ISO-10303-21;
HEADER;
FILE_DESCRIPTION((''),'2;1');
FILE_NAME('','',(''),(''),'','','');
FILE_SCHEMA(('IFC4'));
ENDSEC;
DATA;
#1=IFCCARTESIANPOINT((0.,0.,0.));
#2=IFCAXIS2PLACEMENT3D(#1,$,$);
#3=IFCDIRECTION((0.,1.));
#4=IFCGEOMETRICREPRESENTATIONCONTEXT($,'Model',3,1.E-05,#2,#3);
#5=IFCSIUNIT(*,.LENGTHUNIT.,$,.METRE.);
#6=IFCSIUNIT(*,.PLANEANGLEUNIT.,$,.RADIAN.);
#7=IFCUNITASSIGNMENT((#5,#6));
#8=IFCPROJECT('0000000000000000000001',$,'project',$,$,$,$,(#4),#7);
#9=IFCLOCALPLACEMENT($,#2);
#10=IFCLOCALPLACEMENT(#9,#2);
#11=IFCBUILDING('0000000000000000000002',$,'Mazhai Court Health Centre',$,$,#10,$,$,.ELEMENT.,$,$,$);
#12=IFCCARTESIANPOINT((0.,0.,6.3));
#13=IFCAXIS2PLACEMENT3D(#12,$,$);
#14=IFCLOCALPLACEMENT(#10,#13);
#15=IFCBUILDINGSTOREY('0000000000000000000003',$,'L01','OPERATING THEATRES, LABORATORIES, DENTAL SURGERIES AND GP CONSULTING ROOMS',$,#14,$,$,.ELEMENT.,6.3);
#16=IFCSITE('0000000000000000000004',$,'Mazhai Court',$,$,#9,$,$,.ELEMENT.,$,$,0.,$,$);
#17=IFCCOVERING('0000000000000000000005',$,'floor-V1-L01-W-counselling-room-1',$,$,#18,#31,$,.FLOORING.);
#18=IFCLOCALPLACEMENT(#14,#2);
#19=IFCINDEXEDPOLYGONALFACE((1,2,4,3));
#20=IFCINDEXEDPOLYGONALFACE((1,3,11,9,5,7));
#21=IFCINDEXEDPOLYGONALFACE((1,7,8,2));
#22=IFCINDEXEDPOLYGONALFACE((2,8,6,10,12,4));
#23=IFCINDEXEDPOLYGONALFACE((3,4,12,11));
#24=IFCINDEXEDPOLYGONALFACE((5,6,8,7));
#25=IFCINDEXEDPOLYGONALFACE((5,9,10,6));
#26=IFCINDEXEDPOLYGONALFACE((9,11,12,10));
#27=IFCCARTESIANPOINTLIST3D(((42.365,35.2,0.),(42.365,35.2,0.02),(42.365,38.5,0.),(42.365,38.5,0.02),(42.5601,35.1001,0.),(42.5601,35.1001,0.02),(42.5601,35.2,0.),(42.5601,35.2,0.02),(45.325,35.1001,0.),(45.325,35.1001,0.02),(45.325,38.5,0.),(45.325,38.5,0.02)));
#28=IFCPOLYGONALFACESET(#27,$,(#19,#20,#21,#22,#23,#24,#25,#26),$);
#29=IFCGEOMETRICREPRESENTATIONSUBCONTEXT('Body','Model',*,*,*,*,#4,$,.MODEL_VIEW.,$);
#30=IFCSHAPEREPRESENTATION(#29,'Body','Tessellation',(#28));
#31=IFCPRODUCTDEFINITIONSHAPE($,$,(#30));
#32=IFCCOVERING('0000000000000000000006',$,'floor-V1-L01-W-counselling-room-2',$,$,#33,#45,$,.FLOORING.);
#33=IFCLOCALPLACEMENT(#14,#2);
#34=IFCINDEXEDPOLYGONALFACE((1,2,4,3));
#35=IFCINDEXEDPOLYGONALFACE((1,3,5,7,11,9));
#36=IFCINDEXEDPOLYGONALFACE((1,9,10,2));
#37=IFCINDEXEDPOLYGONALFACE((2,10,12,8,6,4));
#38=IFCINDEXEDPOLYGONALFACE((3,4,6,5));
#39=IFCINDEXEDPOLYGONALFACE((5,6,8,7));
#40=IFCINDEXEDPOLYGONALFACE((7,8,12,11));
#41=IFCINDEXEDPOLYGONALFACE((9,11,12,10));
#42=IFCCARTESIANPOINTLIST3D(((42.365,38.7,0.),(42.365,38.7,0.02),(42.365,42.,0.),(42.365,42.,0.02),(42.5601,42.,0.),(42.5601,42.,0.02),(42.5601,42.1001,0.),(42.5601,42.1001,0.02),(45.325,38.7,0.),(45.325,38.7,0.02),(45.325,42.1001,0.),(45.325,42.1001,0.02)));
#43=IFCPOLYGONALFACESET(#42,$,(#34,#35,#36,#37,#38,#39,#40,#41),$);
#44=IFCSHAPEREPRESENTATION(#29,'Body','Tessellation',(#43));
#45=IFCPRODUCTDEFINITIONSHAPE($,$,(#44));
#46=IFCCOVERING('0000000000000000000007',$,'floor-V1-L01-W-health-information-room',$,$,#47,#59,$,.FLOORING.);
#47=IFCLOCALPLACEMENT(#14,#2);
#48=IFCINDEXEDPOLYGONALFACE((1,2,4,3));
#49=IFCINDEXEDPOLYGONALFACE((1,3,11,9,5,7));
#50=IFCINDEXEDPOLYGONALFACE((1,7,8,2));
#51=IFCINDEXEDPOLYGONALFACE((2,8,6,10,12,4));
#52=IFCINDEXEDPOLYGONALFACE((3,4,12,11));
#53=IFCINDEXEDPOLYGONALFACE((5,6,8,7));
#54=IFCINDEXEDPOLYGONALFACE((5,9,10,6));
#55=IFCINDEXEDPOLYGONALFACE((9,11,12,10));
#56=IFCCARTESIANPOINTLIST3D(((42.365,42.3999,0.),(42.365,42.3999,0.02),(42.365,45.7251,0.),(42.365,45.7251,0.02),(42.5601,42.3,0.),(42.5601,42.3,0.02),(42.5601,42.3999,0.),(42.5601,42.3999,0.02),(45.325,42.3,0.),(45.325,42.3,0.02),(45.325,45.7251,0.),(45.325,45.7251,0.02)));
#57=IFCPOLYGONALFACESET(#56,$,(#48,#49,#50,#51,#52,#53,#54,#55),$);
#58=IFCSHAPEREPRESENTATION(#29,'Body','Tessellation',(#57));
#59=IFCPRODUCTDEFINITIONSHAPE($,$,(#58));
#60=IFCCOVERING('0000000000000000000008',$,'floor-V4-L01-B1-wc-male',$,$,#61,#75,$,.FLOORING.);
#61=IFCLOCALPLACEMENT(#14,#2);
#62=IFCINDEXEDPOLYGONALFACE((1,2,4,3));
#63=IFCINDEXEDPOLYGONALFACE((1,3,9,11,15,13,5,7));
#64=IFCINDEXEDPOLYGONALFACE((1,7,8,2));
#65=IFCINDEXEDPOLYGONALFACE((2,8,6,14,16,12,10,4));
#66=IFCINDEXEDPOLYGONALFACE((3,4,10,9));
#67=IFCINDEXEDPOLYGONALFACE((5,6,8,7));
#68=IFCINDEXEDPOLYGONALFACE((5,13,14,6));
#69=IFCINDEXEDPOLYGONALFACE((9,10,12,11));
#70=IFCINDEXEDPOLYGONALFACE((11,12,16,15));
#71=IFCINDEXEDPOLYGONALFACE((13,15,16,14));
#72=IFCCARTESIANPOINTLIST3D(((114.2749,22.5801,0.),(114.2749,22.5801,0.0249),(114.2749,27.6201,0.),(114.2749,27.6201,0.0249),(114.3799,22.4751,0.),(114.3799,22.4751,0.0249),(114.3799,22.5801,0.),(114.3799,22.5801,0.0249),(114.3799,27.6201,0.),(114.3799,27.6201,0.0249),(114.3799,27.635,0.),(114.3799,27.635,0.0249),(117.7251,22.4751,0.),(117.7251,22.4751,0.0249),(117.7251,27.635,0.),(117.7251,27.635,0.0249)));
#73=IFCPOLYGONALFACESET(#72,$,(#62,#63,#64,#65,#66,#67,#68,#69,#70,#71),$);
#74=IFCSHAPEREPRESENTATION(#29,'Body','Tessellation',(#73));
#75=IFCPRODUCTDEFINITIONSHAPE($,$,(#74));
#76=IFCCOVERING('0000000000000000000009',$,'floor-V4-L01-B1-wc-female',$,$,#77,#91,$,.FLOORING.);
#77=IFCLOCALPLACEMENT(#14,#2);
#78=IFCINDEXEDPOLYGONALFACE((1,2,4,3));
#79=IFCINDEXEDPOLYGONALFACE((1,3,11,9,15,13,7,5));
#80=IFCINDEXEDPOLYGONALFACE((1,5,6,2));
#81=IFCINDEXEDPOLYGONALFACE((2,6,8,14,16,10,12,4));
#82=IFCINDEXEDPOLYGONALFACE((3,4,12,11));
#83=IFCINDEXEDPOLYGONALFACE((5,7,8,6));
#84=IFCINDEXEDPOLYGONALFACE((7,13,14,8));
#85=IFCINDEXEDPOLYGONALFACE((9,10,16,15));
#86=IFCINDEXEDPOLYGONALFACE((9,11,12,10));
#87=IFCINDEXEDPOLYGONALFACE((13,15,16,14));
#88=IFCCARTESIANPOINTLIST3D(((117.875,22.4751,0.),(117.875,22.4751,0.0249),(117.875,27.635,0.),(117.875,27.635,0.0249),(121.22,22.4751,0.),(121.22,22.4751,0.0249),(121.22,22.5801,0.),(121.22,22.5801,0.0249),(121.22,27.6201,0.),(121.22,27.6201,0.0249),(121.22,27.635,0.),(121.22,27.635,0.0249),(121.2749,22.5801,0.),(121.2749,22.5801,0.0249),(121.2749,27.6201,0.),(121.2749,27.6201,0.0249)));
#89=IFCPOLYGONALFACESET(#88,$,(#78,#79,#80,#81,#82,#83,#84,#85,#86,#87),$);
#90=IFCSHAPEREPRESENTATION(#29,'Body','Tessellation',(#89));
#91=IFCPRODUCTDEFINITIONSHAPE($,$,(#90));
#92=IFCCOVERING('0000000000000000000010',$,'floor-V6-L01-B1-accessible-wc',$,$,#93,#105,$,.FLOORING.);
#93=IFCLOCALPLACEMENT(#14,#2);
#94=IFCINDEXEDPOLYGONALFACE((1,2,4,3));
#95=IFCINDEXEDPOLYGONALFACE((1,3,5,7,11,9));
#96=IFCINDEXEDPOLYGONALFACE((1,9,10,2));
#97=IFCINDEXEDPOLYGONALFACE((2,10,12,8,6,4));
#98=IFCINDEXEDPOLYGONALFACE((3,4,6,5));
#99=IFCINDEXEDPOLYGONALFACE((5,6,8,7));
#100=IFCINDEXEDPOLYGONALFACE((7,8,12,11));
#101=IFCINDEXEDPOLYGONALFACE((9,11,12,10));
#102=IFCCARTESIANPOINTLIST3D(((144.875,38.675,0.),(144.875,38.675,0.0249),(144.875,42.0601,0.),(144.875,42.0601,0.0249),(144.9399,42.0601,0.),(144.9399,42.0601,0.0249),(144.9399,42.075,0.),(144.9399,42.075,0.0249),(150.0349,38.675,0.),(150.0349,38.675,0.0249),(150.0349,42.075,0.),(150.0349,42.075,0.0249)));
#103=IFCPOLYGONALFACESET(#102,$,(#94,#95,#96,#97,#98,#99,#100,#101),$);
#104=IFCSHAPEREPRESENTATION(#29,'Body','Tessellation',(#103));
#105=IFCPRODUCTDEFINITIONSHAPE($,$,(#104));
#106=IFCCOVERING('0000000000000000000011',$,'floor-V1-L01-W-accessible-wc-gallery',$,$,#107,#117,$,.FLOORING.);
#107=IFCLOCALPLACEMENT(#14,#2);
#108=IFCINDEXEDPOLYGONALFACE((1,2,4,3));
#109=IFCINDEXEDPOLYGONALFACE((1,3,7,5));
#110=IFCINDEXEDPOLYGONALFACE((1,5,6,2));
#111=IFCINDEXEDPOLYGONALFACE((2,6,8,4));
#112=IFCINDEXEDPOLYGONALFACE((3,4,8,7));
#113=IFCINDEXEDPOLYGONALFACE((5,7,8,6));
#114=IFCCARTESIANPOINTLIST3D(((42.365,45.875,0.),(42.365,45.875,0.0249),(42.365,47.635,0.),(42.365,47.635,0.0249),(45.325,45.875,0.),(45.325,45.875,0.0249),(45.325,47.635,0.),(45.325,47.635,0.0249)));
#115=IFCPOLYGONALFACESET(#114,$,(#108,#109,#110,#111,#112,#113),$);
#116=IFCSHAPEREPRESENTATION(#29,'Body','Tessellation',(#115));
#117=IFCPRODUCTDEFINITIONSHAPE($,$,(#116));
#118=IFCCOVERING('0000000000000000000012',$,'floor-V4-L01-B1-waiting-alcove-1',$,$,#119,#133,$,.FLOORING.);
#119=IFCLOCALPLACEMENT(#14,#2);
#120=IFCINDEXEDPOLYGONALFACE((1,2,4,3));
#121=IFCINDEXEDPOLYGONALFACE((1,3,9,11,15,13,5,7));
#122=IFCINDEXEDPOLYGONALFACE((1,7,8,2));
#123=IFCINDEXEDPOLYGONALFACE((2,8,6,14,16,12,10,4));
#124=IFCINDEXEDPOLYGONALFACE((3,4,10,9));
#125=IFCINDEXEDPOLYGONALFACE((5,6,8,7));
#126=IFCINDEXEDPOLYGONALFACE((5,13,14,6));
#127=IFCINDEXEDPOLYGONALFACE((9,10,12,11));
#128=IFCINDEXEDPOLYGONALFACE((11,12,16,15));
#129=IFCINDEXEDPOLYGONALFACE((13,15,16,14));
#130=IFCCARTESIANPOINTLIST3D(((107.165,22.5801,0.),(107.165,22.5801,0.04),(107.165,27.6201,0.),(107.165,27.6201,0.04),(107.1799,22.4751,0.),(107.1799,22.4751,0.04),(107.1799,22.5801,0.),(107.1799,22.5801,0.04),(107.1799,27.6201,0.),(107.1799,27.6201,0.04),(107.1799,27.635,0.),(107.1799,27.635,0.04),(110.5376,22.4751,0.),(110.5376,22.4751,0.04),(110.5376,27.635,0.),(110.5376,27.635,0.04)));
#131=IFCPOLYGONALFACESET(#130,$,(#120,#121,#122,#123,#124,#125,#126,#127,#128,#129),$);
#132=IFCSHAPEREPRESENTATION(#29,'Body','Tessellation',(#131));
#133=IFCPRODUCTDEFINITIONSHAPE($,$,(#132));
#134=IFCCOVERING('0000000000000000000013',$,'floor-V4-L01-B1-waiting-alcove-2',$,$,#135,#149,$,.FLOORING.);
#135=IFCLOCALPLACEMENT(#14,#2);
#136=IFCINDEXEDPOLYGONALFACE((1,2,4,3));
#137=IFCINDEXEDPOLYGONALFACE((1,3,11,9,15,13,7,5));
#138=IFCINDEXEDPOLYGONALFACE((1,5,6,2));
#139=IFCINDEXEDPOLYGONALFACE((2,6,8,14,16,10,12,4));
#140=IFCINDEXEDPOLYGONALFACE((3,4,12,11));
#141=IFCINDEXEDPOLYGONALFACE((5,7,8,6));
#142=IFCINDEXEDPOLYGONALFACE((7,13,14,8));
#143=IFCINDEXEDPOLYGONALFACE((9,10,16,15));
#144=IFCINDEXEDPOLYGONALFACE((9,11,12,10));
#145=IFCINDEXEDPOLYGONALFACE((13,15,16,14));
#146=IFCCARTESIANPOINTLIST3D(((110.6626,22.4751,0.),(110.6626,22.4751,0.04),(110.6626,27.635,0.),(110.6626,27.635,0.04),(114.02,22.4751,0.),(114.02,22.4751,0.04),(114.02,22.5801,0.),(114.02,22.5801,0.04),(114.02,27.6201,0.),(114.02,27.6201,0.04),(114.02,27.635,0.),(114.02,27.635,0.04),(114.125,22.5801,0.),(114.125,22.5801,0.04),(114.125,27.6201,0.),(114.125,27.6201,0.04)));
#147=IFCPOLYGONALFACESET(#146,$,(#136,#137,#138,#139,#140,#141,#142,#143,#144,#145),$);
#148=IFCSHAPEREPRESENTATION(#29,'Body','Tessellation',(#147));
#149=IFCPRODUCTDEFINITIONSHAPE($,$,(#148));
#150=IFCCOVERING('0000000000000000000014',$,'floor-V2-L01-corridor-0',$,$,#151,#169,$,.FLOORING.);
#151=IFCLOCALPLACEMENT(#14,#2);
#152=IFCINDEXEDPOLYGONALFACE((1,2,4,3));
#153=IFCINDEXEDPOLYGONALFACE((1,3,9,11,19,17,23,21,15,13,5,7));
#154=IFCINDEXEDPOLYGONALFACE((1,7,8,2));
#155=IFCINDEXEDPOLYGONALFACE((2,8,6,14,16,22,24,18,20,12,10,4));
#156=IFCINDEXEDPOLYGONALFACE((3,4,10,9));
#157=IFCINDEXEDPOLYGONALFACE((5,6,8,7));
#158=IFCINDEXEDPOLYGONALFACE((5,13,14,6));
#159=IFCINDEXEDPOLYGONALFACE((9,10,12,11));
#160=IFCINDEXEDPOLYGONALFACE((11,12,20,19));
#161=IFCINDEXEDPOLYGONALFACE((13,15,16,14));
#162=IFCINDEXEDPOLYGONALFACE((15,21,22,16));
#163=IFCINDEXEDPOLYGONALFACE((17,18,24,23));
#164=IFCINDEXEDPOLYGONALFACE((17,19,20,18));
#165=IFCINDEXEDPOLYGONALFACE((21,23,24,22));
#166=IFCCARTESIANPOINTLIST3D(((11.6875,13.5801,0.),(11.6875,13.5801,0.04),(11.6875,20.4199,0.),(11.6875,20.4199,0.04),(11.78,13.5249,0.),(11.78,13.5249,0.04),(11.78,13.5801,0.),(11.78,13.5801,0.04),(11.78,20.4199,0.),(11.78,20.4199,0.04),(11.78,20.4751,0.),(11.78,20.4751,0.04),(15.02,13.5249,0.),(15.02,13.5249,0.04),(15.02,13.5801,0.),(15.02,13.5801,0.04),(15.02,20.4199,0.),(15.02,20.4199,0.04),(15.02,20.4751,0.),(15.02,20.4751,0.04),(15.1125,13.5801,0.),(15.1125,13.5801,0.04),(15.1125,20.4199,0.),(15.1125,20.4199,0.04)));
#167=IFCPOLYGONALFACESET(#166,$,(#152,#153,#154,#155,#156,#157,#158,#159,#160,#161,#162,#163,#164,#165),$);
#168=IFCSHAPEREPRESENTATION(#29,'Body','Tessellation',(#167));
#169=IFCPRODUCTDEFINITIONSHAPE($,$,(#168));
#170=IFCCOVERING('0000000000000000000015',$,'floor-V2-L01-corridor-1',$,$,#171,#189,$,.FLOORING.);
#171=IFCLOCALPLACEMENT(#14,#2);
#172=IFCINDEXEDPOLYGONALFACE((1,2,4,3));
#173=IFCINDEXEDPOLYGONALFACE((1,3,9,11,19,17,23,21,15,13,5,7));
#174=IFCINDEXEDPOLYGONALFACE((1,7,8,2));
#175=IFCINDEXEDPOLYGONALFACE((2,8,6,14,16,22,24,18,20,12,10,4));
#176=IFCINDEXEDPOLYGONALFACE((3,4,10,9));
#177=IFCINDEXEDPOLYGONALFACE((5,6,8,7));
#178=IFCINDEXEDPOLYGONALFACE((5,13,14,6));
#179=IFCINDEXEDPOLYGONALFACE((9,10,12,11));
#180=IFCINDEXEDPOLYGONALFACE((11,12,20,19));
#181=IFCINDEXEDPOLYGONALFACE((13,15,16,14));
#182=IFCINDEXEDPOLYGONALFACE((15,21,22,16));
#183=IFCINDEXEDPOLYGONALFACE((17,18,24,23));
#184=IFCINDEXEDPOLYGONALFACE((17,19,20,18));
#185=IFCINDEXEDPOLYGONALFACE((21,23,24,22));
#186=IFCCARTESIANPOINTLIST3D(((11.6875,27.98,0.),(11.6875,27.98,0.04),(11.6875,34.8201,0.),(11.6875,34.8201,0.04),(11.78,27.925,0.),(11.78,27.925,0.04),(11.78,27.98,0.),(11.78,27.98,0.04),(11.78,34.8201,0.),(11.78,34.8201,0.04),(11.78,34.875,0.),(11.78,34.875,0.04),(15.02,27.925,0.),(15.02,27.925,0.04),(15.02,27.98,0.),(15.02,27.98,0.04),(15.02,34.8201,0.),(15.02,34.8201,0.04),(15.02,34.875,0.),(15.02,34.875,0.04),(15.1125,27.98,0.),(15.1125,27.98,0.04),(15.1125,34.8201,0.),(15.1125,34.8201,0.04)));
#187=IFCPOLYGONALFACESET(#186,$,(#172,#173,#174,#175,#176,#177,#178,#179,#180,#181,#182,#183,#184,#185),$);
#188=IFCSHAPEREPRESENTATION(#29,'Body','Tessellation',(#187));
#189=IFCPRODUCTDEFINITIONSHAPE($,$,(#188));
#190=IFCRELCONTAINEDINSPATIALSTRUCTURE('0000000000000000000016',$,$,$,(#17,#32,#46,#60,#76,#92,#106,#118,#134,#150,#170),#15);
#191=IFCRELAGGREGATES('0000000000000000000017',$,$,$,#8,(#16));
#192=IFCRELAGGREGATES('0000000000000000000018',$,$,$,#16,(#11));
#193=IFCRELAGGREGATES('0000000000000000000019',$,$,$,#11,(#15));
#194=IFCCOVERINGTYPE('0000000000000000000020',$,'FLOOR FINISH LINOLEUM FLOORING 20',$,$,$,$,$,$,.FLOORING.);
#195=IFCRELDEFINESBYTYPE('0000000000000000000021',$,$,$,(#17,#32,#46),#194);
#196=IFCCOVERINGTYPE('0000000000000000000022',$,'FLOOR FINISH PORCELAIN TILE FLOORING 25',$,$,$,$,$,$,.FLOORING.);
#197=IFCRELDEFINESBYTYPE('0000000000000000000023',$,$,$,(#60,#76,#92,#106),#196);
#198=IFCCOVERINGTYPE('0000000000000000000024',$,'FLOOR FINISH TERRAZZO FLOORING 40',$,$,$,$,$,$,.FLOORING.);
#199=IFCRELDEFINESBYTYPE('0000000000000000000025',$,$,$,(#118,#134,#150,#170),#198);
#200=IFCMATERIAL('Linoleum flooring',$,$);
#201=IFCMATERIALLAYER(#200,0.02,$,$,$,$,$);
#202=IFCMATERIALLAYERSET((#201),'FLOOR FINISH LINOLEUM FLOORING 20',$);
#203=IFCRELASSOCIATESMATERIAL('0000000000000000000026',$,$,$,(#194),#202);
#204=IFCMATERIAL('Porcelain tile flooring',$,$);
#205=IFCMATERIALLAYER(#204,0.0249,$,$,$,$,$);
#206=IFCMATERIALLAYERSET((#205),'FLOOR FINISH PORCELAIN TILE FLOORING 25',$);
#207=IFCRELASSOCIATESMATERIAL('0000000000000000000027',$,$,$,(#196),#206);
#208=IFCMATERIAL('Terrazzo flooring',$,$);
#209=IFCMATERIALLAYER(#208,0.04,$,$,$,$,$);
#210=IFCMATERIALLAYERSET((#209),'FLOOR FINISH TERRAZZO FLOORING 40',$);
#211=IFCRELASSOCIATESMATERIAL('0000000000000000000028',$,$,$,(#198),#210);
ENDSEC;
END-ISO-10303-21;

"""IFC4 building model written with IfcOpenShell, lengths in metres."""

from ifc_helpers import new_model, si_unit, direction, frame, origin, place, context, subcontext, project, spatial, polyline, outline, extrude, material, layer, layer_set, type_object, element, save


model = new_model("IFC4")

# Units and contexts
model_context = context("Model", 3, precision=1e-05, world=origin(), true_north=direction((0.0, 1.0)))
body_context = subcontext(model_context, "Body", "Model", "MODEL_VIEW")
ifc_project = project(units=[si_unit("LENGTHUNIT", "METRE"), si_unit("PLANEANGLEUNIT", "RADIAN")], contexts=[model_context])

# Site, building, storey
site_placement = place(None, origin())
site = spatial("IfcSite", under=ifc_project, at=site_placement, Name="Mazhai Court", CompositionType="ELEMENT", RefElevation=0.0)
building_placement = place(site_placement, origin())
building = spatial("IfcBuilding", under=site, at=building_placement, Name="Mazhai Court Health Centre", CompositionType="ELEMENT")
storey_placement = place(building_placement, frame((0.0, 0.0, 6.3)))
storey = spatial("IfcBuildingStorey", under=building, at=storey_placement, Name="L01", Description="OPERATING THEATRES, LABORATORIES, DENTAL SURGERIES AND GP CONSULTING ROOMS", CompositionType="ELEMENT", Elevation=6.3)

# Coverings
ifc_material_1 = material(Name="Linoleum flooring")
ifc_layer_1 = layer(ifc_material_1, 0.02)
ifc_layer_set_1 = layer_set([ifc_layer_1], Name="FLOOR FINISH LINOLEUM FLOORING 20")
covering_type_1 = type_object("IfcCoveringType", Name="FLOOR FINISH LINOLEUM FLOORING 20", PredefinedType="FLOORING", material=ifc_layer_set_1)
covering_1_placement = place(storey_placement, origin())
element("IfcCovering", 1, at=covering_1_placement, inside=storey, type_object=covering_type_1, Name="floor-V1-L01-W-counselling-room-1", PredefinedType="FLOORING", context=body_context, shape_type="SweptSolid", body=[
    extrude(outline(polyline([(42.365, 35.2), (42.5601, 35.2), (42.5601, 35.1001), (45.325, 35.1001), (45.325, 38.5), (42.365, 38.5), (42.365, 35.2)])), origin(), (0.0, 0.0, 1.0), 0.02),
])
covering_2_placement = place(storey_placement, origin())
element("IfcCovering", 2, at=covering_2_placement, inside=storey, type_object=covering_type_1, Name="floor-V1-L01-W-counselling-room-2", PredefinedType="FLOORING", context=body_context, shape_type="SweptSolid", body=[
    extrude(outline(polyline([(42.5601, 42.1001), (42.5601, 42.0), (42.365, 42.0), (42.365, 38.7), (45.325, 38.7), (45.325, 42.1001), (42.5601, 42.1001)])), origin(), (0.0, 0.0, 1.0), 0.02),
])
covering_3_placement = place(storey_placement, origin())
element("IfcCovering", 3, at=covering_3_placement, inside=storey, type_object=covering_type_1, Name="floor-V1-L01-W-health-information-room", PredefinedType="FLOORING", context=body_context, shape_type="SweptSolid", body=[
    extrude(outline(polyline([(42.365, 42.3999), (42.5601, 42.3999), (42.5601, 42.3), (45.325, 42.3), (45.325, 45.7251), (42.365, 45.7251), (42.365, 42.3999)])), origin(), (0.0, 0.0, 1.0), 0.02),
])
ifc_material_2 = material(Name="Porcelain tile flooring")
ifc_layer_2 = layer(ifc_material_2, 0.0249)
ifc_layer_set_2 = layer_set([ifc_layer_2], Name="FLOOR FINISH PORCELAIN TILE FLOORING 25")
covering_type_2 = type_object("IfcCoveringType", Name="FLOOR FINISH PORCELAIN TILE FLOORING 25", PredefinedType="FLOORING", material=ifc_layer_set_2)
covering_4_placement = place(storey_placement, origin())
element("IfcCovering", 4, at=covering_4_placement, inside=storey, type_object=covering_type_2, Name="floor-V4-L01-B1-wc-male", PredefinedType="FLOORING", context=body_context, shape_type="SweptSolid", body=[
    extrude(outline(polyline([(114.3799, 27.635), (114.3799, 27.6201), (114.2749, 27.6201), (114.2749, 22.5801), (114.3799, 22.5801), (114.3799, 22.4751), (117.7251, 22.4751), (117.7251, 27.635), (114.3799, 27.635)])), origin(), (0.0, 0.0, 1.0), 0.0249),
])
covering_5_placement = place(storey_placement, origin())
element("IfcCovering", 5, at=covering_5_placement, inside=storey, type_object=covering_type_2, Name="floor-V4-L01-B1-wc-female", PredefinedType="FLOORING", context=body_context, shape_type="SweptSolid", body=[
    extrude(outline(polyline([(121.2749, 27.6201), (121.22, 27.6201), (121.22, 27.635), (117.875, 27.635), (117.875, 22.4751), (121.22, 22.4751), (121.22, 22.5801), (121.2749, 22.5801), (121.2749, 27.6201)])), origin(), (0.0, 0.0, 1.0), 0.0249),
])
covering_6_placement = place(storey_placement, origin())
element("IfcCovering", 6, at=covering_6_placement, inside=storey, type_object=covering_type_2, Name="floor-V6-L01-B1-accessible-wc", PredefinedType="FLOORING", context=body_context, shape_type="SweptSolid", body=[
    extrude(outline(polyline([(144.9399, 42.075), (144.9399, 42.0601), (144.875, 42.0601), (144.875, 38.675), (150.0349, 38.675), (150.0349, 42.075), (144.9399, 42.075)])), origin(), (0.0, 0.0, 1.0), 0.0249),
])
covering_7_placement = place(storey_placement, origin())
element("IfcCovering", 7, at=covering_7_placement, inside=storey, type_object=covering_type_2, Name="floor-V1-L01-W-accessible-wc-gallery", PredefinedType="FLOORING", context=body_context, shape_type="SweptSolid", body=[
    extrude(outline(polyline([(45.325, 45.875), (45.325, 47.635), (42.365, 47.635), (42.365, 45.875), (45.325, 45.875)])), origin(), (0.0, 0.0, 1.0), 0.0249),
])
ifc_material_3 = material(Name="Terrazzo flooring")
ifc_layer_3 = layer(ifc_material_3, 0.04)
ifc_layer_set_3 = layer_set([ifc_layer_3], Name="FLOOR FINISH TERRAZZO FLOORING 40")
covering_type_3 = type_object("IfcCoveringType", Name="FLOOR FINISH TERRAZZO FLOORING 40", PredefinedType="FLOORING", material=ifc_layer_set_3)
covering_8_placement = place(storey_placement, origin())
element("IfcCovering", 8, at=covering_8_placement, inside=storey, type_object=covering_type_3, Name="floor-V4-L01-B1-waiting-alcove-1", PredefinedType="FLOORING", context=body_context, shape_type="SweptSolid", body=[
    extrude(outline(polyline([(107.1799, 27.635), (107.1799, 27.6201), (107.165, 27.6201), (107.165, 22.5801), (107.1799, 22.5801), (107.1799, 22.4751), (110.5376, 22.4751), (110.5376, 27.635), (107.1799, 27.635)])), origin(), (0.0, 0.0, 1.0), 0.04),
])
covering_9_placement = place(storey_placement, origin())
element("IfcCovering", 9, at=covering_9_placement, inside=storey, type_object=covering_type_3, Name="floor-V4-L01-B1-waiting-alcove-2", PredefinedType="FLOORING", context=body_context, shape_type="SweptSolid", body=[
    extrude(outline(polyline([(114.125, 27.6201), (114.02, 27.6201), (114.02, 27.635), (110.6626, 27.635), (110.6626, 22.4751), (114.02, 22.4751), (114.02, 22.5801), (114.125, 22.5801), (114.125, 27.6201)])), origin(), (0.0, 0.0, 1.0), 0.04),
])
covering_10_placement = place(storey_placement, origin())
element("IfcCovering", 10, at=covering_10_placement, inside=storey, type_object=covering_type_3, Name="floor-V2-L01-corridor-0", PredefinedType="FLOORING", context=body_context, shape_type="SweptSolid", body=[
    extrude(outline(polyline([(15.02, 13.5249), (15.02, 13.5801), (15.1125, 13.5801), (15.1125, 20.4199), (15.02, 20.4199), (15.02, 20.4751), (11.78, 20.4751), (11.78, 20.4199), (11.6875, 20.4199), (11.6875, 13.5801), (11.78, 13.5801), (11.78, 13.5249), (15.02, 13.5249)])), origin(), (0.0, 0.0, 1.0), 0.04),
])
covering_11_placement = place(storey_placement, origin())
element("IfcCovering", 11, at=covering_11_placement, inside=storey, type_object=covering_type_3, Name="floor-V2-L01-corridor-1", PredefinedType="FLOORING", context=body_context, shape_type="SweptSolid", body=[
    extrude(outline(polyline([(15.02, 27.925), (15.02, 27.98), (15.1125, 27.98), (15.1125, 34.8201), (15.02, 34.8201), (15.02, 34.875), (11.78, 34.875), (11.78, 34.8201), (11.6875, 34.8201), (11.6875, 27.98), (11.78, 27.98), (11.78, 27.925), (15.02, 27.925)])), origin(), (0.0, 0.0, 1.0), 0.04),
])

save(model, "model.ifc")
